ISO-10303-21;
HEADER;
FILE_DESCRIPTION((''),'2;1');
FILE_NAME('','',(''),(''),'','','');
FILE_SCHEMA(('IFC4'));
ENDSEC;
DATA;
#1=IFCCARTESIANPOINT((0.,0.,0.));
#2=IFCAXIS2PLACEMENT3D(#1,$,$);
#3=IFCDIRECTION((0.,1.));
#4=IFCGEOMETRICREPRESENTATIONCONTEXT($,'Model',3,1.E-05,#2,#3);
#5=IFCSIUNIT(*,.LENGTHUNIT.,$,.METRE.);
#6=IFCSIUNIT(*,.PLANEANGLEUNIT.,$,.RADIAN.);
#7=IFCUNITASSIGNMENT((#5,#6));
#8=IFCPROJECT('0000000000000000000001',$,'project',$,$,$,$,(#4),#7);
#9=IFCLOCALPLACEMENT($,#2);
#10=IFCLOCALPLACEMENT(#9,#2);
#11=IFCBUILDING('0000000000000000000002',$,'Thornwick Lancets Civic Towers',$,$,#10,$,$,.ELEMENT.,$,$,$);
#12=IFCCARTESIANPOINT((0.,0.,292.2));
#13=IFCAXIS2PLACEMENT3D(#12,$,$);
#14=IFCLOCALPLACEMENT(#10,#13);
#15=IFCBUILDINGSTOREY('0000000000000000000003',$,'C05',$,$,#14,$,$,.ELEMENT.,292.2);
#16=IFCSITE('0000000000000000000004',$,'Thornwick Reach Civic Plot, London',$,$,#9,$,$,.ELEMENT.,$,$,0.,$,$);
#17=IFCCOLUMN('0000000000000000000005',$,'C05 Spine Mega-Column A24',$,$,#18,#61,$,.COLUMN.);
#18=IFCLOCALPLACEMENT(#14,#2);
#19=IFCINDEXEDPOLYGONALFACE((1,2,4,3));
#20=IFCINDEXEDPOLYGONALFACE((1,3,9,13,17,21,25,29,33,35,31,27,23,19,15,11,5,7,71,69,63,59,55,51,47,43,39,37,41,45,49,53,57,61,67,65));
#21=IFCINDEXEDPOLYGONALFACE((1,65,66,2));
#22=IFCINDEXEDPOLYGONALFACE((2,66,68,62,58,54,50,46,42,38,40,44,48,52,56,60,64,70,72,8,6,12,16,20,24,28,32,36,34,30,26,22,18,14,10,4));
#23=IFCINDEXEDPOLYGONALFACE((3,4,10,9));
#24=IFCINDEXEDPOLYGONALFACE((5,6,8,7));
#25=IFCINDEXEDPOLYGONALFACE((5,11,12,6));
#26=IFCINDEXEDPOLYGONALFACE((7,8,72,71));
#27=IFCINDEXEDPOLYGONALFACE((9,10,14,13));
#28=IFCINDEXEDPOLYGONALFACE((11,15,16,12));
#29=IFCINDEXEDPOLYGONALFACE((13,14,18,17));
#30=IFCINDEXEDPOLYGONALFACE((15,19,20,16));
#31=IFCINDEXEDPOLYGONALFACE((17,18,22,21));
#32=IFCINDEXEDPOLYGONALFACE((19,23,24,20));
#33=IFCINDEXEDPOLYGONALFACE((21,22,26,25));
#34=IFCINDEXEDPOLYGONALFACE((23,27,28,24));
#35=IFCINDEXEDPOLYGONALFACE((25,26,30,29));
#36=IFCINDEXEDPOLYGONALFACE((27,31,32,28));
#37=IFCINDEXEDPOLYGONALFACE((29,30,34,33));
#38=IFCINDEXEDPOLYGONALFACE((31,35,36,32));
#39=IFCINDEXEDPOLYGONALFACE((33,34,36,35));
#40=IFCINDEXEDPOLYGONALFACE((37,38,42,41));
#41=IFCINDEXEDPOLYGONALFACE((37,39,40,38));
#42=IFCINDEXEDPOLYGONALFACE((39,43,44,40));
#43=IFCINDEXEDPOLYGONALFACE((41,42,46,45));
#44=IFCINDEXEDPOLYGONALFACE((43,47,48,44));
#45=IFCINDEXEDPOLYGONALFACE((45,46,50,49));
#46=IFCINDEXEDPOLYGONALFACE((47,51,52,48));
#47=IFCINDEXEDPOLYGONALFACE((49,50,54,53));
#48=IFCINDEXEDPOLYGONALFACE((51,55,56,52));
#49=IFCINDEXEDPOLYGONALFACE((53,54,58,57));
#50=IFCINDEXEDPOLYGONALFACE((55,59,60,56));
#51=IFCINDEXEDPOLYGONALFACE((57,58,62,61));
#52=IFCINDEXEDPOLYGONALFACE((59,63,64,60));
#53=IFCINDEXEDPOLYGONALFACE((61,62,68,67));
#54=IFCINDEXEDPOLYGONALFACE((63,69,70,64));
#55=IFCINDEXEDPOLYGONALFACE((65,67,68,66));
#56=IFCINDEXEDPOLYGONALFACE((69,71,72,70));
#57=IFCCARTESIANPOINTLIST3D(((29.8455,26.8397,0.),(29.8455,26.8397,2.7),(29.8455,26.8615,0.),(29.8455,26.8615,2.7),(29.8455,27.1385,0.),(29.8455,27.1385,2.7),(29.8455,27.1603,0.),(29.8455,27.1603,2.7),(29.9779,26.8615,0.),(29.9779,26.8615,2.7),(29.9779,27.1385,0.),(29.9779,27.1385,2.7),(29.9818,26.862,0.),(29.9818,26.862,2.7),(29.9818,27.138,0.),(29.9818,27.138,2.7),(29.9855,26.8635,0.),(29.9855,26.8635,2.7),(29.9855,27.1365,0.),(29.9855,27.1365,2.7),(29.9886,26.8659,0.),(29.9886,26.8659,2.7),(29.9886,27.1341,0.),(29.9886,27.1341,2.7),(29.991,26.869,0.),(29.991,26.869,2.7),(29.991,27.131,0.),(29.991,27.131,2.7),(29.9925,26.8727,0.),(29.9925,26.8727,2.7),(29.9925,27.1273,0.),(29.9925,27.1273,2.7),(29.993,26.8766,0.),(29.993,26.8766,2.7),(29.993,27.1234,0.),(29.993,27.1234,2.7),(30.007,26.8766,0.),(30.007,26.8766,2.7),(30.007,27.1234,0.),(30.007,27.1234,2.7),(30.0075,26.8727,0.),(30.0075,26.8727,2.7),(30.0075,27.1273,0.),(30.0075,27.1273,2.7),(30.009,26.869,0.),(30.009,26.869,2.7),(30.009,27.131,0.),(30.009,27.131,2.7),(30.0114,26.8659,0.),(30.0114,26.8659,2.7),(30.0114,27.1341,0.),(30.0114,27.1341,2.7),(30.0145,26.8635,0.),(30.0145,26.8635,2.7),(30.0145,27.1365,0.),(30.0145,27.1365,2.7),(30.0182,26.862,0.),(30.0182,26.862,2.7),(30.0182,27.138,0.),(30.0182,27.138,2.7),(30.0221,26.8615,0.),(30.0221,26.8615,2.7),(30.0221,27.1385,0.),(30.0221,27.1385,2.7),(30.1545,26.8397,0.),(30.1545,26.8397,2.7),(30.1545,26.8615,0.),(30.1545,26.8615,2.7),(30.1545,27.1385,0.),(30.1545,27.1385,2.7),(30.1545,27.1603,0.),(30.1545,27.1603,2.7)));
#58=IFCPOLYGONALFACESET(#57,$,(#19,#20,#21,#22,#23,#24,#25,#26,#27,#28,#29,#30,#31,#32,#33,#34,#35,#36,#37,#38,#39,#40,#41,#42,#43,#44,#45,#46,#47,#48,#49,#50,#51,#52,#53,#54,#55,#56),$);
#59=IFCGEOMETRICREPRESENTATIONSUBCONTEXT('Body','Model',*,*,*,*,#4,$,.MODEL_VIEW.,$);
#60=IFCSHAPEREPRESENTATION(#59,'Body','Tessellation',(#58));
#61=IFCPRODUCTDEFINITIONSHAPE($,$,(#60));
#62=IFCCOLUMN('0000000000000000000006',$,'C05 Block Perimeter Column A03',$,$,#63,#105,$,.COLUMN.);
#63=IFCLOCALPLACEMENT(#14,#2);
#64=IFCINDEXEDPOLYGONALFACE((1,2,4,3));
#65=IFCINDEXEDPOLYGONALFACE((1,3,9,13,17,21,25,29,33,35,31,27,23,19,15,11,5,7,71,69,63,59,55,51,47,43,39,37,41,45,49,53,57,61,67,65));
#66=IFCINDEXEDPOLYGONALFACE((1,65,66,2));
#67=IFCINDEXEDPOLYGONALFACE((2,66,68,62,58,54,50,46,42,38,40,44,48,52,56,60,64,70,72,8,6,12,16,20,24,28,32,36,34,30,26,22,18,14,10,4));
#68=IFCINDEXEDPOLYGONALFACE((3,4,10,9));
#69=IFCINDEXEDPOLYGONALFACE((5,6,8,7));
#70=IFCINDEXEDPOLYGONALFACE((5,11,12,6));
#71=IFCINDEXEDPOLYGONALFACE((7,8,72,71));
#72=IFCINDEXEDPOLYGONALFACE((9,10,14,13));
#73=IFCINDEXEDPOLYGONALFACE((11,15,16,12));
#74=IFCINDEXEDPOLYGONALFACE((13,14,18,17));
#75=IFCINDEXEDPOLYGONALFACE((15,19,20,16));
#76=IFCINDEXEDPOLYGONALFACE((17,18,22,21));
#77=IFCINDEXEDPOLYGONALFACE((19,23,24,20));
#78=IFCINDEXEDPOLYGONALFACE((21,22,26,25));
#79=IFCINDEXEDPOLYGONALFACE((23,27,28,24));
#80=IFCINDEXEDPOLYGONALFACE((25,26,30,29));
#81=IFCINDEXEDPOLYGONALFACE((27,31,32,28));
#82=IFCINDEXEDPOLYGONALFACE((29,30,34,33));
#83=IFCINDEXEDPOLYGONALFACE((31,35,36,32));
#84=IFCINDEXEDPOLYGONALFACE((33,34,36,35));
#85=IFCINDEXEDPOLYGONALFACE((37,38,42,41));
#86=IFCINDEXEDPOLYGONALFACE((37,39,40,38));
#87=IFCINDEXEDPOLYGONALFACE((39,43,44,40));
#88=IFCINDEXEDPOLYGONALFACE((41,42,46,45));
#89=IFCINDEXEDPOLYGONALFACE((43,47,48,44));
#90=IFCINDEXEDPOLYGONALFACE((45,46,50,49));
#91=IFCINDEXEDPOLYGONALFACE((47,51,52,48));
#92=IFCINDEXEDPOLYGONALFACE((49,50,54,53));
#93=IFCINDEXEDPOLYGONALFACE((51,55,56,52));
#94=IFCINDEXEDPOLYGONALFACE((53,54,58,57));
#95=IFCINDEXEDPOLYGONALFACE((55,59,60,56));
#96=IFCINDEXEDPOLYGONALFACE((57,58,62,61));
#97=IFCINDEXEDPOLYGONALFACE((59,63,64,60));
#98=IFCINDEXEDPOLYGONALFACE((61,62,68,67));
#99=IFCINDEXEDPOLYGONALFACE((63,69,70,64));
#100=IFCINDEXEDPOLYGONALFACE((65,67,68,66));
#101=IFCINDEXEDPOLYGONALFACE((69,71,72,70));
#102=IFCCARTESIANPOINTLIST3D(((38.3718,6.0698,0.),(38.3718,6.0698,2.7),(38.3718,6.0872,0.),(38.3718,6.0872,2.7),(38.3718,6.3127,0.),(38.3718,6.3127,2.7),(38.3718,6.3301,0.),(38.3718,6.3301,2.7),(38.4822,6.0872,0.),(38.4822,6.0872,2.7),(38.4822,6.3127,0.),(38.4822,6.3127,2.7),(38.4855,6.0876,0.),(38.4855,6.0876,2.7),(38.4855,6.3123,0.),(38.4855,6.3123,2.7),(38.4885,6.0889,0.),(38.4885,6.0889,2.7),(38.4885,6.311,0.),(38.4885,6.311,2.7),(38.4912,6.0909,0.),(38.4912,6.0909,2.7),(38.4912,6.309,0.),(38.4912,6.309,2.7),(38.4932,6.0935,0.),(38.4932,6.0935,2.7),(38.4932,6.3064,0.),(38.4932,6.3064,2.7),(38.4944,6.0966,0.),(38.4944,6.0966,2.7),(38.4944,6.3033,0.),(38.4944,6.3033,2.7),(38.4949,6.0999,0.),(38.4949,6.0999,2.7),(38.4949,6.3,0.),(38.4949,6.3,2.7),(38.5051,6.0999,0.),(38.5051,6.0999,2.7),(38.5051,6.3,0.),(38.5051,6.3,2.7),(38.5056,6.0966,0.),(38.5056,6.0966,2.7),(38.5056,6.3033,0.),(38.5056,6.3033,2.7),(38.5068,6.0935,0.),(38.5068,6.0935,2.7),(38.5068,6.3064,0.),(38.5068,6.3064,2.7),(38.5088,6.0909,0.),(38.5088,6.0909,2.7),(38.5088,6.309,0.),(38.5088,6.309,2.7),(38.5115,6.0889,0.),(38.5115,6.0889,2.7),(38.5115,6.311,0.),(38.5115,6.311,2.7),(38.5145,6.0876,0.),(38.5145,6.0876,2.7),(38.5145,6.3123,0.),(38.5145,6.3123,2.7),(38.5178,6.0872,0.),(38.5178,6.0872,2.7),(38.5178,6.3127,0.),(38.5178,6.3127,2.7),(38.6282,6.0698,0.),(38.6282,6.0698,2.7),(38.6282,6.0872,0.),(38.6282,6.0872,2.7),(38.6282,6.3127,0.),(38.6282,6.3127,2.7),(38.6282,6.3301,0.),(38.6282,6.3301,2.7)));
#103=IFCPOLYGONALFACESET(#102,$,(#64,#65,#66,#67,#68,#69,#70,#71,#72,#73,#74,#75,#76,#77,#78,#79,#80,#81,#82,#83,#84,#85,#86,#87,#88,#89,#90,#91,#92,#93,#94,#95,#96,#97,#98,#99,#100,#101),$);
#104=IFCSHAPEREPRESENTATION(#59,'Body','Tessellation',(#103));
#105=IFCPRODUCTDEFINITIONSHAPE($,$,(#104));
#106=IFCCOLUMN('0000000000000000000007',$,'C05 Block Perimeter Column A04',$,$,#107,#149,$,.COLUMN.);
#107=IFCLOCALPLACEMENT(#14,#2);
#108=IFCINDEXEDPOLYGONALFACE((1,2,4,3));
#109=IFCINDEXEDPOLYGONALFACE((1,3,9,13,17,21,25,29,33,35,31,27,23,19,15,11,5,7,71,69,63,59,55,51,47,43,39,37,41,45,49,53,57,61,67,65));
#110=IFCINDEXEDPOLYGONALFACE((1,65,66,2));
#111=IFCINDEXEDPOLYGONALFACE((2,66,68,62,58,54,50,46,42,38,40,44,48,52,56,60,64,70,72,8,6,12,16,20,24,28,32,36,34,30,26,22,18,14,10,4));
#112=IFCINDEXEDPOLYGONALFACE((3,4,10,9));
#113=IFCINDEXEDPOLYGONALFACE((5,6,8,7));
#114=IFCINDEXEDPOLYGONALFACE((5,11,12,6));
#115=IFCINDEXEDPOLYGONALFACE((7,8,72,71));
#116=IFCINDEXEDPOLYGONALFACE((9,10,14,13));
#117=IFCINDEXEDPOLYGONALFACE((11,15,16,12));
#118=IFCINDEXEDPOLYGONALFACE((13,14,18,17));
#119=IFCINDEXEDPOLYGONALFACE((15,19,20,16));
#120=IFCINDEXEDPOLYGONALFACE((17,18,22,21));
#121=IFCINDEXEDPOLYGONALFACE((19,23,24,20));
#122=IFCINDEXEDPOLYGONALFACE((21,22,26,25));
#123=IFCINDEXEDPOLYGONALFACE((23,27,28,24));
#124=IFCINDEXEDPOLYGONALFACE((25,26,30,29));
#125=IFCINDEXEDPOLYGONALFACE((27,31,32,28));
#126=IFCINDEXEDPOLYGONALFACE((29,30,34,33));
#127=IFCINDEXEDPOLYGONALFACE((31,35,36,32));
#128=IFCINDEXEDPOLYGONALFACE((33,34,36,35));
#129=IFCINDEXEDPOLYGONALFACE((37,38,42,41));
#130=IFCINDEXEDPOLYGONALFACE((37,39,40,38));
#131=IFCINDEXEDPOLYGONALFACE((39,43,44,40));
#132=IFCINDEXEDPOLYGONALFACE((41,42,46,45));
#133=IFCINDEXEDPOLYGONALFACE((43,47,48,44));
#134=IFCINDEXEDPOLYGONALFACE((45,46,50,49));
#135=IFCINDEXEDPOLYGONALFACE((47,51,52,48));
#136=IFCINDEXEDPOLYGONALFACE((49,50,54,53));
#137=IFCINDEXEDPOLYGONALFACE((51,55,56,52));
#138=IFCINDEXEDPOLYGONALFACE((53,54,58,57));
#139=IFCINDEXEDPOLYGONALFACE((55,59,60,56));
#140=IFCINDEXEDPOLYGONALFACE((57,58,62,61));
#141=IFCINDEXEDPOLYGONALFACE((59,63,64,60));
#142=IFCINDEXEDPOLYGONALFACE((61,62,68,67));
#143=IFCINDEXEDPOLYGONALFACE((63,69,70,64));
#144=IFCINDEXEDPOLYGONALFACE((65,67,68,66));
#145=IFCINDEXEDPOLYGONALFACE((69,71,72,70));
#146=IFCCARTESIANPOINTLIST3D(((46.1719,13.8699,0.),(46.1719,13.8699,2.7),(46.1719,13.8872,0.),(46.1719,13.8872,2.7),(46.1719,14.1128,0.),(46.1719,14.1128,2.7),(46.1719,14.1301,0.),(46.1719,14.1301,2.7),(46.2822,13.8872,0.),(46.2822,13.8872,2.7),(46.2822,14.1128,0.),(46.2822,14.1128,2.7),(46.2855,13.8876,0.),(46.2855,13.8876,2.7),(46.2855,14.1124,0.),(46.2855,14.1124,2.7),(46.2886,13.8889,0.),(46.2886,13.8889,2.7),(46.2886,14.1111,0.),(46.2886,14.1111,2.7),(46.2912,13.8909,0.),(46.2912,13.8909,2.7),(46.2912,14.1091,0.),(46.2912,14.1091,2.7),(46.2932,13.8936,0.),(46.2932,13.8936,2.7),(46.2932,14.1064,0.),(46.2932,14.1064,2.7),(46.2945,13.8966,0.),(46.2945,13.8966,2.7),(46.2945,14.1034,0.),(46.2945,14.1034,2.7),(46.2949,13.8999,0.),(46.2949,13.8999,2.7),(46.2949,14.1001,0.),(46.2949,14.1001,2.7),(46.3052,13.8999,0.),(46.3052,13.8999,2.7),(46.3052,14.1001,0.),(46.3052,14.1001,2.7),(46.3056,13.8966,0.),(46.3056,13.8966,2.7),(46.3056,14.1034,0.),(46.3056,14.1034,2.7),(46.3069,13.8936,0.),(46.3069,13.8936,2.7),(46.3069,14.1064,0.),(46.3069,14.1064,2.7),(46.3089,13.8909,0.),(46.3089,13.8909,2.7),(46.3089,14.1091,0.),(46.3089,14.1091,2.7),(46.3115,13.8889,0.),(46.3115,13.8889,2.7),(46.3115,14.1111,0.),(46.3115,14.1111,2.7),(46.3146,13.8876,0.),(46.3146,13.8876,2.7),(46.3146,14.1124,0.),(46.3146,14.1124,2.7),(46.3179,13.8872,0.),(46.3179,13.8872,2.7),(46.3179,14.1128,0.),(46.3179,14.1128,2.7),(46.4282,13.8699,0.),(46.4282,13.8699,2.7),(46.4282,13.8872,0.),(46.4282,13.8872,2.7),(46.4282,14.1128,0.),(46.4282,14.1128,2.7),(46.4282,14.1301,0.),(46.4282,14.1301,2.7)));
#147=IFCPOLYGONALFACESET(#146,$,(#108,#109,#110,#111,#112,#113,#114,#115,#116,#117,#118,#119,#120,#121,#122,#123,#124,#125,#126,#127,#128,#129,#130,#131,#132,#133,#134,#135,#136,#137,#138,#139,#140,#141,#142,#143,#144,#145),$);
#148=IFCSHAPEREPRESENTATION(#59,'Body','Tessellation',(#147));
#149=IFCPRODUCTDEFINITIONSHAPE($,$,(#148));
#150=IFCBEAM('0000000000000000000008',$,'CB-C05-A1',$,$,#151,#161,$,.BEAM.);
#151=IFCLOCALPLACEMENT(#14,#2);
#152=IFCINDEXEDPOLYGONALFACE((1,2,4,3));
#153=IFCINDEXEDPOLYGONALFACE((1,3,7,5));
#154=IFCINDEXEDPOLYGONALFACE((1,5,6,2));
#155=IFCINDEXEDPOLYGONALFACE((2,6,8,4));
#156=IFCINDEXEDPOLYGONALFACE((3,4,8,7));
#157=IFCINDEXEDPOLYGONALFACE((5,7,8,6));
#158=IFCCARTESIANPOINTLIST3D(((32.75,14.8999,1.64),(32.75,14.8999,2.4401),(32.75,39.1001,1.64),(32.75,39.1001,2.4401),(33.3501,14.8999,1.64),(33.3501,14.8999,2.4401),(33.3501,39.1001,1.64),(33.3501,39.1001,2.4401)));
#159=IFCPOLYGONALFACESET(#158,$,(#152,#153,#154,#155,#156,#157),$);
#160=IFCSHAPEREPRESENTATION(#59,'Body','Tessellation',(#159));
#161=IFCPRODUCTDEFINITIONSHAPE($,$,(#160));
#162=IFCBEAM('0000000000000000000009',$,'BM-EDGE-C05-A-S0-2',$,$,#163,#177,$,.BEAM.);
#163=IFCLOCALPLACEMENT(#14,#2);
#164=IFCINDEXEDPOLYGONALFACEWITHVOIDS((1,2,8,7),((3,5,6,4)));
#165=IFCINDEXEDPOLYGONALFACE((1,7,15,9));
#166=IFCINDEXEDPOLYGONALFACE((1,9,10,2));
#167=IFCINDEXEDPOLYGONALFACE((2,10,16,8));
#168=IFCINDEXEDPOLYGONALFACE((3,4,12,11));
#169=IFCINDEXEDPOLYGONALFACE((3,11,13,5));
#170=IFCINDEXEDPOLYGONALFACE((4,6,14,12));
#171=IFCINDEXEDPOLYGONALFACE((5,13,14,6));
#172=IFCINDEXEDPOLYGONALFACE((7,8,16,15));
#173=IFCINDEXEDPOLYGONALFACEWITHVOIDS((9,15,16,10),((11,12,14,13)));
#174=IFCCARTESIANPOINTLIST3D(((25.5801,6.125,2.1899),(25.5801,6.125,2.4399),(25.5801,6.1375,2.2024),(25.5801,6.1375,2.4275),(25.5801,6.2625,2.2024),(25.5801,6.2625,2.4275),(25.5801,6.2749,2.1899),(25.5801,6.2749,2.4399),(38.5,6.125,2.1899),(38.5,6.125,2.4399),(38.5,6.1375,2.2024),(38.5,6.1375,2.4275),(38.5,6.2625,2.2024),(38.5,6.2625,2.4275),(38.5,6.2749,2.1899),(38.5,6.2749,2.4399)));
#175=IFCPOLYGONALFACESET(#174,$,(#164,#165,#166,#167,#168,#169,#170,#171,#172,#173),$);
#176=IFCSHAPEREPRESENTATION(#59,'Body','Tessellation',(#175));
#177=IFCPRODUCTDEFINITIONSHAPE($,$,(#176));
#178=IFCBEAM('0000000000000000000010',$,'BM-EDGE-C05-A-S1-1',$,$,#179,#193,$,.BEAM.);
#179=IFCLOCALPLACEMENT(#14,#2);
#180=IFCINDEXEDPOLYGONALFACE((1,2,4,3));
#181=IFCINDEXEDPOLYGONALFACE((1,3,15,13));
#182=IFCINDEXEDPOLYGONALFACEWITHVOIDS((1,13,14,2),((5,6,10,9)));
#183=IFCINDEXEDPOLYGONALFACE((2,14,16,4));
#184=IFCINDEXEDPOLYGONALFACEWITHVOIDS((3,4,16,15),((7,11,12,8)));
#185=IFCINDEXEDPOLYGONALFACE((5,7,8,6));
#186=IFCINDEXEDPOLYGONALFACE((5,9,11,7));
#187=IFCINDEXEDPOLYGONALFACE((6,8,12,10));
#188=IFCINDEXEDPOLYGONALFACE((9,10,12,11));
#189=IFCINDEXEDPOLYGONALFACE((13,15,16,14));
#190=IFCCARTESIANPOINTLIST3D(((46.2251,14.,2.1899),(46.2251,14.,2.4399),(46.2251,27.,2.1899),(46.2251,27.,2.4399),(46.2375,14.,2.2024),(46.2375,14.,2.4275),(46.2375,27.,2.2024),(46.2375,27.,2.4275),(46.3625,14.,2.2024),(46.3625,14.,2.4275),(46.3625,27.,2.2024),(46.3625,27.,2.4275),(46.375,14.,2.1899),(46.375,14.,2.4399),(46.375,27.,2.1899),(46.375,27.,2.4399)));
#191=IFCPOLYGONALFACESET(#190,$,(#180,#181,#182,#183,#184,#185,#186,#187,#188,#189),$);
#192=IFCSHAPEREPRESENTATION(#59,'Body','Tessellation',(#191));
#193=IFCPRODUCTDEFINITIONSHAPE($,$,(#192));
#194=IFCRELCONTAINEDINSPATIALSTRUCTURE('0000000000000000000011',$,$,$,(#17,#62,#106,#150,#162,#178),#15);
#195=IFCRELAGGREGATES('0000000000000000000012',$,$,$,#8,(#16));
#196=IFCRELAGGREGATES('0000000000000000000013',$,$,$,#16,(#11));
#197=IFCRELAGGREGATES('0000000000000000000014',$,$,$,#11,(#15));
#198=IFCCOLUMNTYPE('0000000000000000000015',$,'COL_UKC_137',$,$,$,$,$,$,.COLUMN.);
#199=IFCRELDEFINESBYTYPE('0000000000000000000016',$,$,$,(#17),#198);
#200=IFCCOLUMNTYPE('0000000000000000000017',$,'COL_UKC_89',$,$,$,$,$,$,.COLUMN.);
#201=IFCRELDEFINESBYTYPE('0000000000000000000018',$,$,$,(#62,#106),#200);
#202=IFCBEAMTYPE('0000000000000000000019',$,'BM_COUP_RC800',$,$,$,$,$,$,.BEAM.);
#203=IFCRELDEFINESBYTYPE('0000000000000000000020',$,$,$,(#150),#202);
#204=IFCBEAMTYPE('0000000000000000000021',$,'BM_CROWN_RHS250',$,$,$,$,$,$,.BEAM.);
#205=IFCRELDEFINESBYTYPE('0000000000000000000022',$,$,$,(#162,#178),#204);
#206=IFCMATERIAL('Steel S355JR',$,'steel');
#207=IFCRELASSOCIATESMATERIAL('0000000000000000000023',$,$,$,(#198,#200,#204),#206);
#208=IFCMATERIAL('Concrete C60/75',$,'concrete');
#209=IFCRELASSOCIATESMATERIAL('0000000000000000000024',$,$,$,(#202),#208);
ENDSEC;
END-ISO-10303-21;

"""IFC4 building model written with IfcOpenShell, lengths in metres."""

from ifc_helpers import new_model, si_unit, direction, frame, origin, origin_2d, place, context, subcontext, project, spatial, rectangle, hollow_rectangle, i_section, extrude, material, material_profile, profile_set, type_object, element, save


model = new_model("IFC4")

# Units and contexts
model_context = context("Model", 3, precision=1e-05, world=origin(), true_north=direction((0.0, 1.0)))
body_context = subcontext(model_context, "Body", "Model", "MODEL_VIEW")
ifc_project = project(units=[si_unit("LENGTHUNIT", "METRE"), si_unit("PLANEANGLEUNIT", "RADIAN")], contexts=[model_context])

# Site, building, storey
site_placement = place(None, origin())
site = spatial("IfcSite", under=ifc_project, at=site_placement, Name="Thornwick Reach Civic Plot, London", CompositionType="ELEMENT", RefElevation=0.0)
building_placement = place(site_placement, origin())
building = spatial("IfcBuilding", under=site, at=building_placement, Name="Thornwick Lancets Civic Towers", CompositionType="ELEMENT")
storey_placement = place(building_placement, frame((0.0, 0.0, 292.2)))
storey = spatial("IfcBuildingStorey", under=building, at=storey_placement, Name="C05", CompositionType="ELEMENT", Elevation=292.2)

# Columns
ifc_material_1 = material(Name="Steel S355JR", Category="steel")
ifc_material_profile_1 = material_profile(ifc_material_1, i_section(OverallWidth=0.3091, OverallDepth=0.3206, WebThickness=0.0139, FlangeThickness=0.0217, FilletRadius=0.0151, at=origin_2d()), Name="UKC 305x305x137")
ifc_profile_set_1 = profile_set([ifc_material_profile_1], Name="Steel S355JR")
column_type_1 = type_object("IfcColumnType", Name="COL_UKC_137", PredefinedType="COLUMN", material=ifc_profile_set_1)
for number, where, z_axis, x_axis, name in (
    (1, (30.0, 27.0, 0.0), (0.0, 0.0, 1.0), (1.0, 0.0, 0.0), "C05 Spine Mega-Column A24"),
):
    element("IfcColumn", number, at=place(storey_placement, frame(where, z_axis=z_axis, x_axis=x_axis)), inside=storey, type_object=column_type_1, Name=name, PredefinedType="COLUMN", context=body_context, shape_type="SweptSolid", body=[
        extrude(i_section(OverallWidth=0.3091, OverallDepth=0.3206, WebThickness=0.0139, FlangeThickness=0.0217, FilletRadius=0.0151, at=origin_2d()), origin(), (0.0, 0.0, 1.0), 2.7),
    ])
ifc_material_profile_2 = material_profile(ifc_material_1, i_section(OverallWidth=0.2563, OverallDepth=0.2603, WebThickness=0.0103, FlangeThickness=0.0173, FilletRadius=0.0127, at=origin_2d()), Name="UKC 254x254x89")
ifc_profile_set_2 = profile_set([ifc_material_profile_2], Name="Steel S355JR")
column_type_2 = type_object("IfcColumnType", Name="COL_UKC_89", PredefinedType="COLUMN", material=ifc_profile_set_2)
for number, where, z_axis, x_axis, name in (
    (2, (38.5, 6.2, 0.0), (0.0, 0.0, 1.0), (1.0, 0.0, 0.0), "C05 Block Perimeter Column A03"),
    (3, (46.3, 14.0, 0.0), (0.0, 0.0, 1.0), (1.0, 0.0, 0.0), "C05 Block Perimeter Column A04"),
):
    element("IfcColumn", number, at=place(storey_placement, frame(where, z_axis=z_axis, x_axis=x_axis)), inside=storey, type_object=column_type_2, Name=name, PredefinedType="COLUMN", context=body_context, shape_type="SweptSolid", body=[
        extrude(i_section(OverallWidth=0.2563, OverallDepth=0.2603, WebThickness=0.0103, FlangeThickness=0.0173, FilletRadius=0.0127, at=origin_2d()), origin(), (0.0, 0.0, 1.0), 2.7),
    ])

# Beams
ifc_material_2 = material(Name="Concrete C60/75", Category="concrete")
ifc_material_profile_3 = material_profile(ifc_material_2, rectangle(XDim=0.6001, YDim=0.8, at=origin_2d()), Name="RC 600x800")
ifc_profile_set_3 = profile_set([ifc_material_profile_3], Name="Concrete C60/75")
beam_type_1 = type_object("IfcBeamType", Name="BM_COUP_RC800", PredefinedType="BEAM", material=ifc_profile_set_3)
beam_1_placement = place(storey_placement, frame((33.05, 14.8999, 2.04), z_axis=(0.0, 1.0, 0.0), x_axis=(-1.0, 0.0, 0.0)))
element("IfcBeam", 4, at=beam_1_placement, inside=storey, type_object=beam_type_1, Name="CB-C05-A1", PredefinedType="BEAM", context=body_context, shape_type="SweptSolid", body=[
    extrude(rectangle(XDim=0.6001, YDim=0.8, at=origin_2d()), origin(), (0.0, 0.0, 1.0), 24.2002),
])
ifc_material_profile_4 = material_profile(ifc_material_1, hollow_rectangle(XDim=0.1499, YDim=0.25, WallThickness=0.0125, at=origin_2d()), Name="RHS 250x150x12.5")
ifc_profile_set_4 = profile_set([ifc_material_profile_4], Name="Steel S355JR")
beam_type_2 = type_object("IfcBeamType", Name="BM_CROWN_RHS250", PredefinedType="BEAM", material=ifc_profile_set_4)
beam_2_placement = place(storey_placement, frame((25.5801, 6.2, 2.3149), z_axis=(1.0, 0.0, 0.0), x_axis=(0.0, 1.0, 0.0)))
element("IfcBeam", 5, at=beam_2_placement, inside=storey, type_object=beam_type_2, Name="BM-EDGE-C05-A-S0-2", PredefinedType="BEAM", context=body_context, shape_type="SweptSolid", body=[
    extrude(hollow_rectangle(XDim=0.1499, YDim=0.25, WallThickness=0.0125, at=origin_2d()), origin(), (0.0, 0.0, 1.0), 12.9199),
])
beam_3_placement = place(storey_placement, frame((46.3, 14.0, 2.3149), z_axis=(0.0, 1.0, 0.0), x_axis=(-1.0, 0.0, 0.0)))
element("IfcBeam", 6, at=beam_3_placement, inside=storey, type_object=beam_type_2, Name="BM-EDGE-C05-A-S1-1", PredefinedType="BEAM", context=body_context, shape_type="SweptSolid", body=[
    extrude(hollow_rectangle(XDim=0.1499, YDim=0.25, WallThickness=0.0125, at=origin_2d()), origin(), (0.0, 0.0, 1.0), 13.0),
])

save(model, "model.ifc")
